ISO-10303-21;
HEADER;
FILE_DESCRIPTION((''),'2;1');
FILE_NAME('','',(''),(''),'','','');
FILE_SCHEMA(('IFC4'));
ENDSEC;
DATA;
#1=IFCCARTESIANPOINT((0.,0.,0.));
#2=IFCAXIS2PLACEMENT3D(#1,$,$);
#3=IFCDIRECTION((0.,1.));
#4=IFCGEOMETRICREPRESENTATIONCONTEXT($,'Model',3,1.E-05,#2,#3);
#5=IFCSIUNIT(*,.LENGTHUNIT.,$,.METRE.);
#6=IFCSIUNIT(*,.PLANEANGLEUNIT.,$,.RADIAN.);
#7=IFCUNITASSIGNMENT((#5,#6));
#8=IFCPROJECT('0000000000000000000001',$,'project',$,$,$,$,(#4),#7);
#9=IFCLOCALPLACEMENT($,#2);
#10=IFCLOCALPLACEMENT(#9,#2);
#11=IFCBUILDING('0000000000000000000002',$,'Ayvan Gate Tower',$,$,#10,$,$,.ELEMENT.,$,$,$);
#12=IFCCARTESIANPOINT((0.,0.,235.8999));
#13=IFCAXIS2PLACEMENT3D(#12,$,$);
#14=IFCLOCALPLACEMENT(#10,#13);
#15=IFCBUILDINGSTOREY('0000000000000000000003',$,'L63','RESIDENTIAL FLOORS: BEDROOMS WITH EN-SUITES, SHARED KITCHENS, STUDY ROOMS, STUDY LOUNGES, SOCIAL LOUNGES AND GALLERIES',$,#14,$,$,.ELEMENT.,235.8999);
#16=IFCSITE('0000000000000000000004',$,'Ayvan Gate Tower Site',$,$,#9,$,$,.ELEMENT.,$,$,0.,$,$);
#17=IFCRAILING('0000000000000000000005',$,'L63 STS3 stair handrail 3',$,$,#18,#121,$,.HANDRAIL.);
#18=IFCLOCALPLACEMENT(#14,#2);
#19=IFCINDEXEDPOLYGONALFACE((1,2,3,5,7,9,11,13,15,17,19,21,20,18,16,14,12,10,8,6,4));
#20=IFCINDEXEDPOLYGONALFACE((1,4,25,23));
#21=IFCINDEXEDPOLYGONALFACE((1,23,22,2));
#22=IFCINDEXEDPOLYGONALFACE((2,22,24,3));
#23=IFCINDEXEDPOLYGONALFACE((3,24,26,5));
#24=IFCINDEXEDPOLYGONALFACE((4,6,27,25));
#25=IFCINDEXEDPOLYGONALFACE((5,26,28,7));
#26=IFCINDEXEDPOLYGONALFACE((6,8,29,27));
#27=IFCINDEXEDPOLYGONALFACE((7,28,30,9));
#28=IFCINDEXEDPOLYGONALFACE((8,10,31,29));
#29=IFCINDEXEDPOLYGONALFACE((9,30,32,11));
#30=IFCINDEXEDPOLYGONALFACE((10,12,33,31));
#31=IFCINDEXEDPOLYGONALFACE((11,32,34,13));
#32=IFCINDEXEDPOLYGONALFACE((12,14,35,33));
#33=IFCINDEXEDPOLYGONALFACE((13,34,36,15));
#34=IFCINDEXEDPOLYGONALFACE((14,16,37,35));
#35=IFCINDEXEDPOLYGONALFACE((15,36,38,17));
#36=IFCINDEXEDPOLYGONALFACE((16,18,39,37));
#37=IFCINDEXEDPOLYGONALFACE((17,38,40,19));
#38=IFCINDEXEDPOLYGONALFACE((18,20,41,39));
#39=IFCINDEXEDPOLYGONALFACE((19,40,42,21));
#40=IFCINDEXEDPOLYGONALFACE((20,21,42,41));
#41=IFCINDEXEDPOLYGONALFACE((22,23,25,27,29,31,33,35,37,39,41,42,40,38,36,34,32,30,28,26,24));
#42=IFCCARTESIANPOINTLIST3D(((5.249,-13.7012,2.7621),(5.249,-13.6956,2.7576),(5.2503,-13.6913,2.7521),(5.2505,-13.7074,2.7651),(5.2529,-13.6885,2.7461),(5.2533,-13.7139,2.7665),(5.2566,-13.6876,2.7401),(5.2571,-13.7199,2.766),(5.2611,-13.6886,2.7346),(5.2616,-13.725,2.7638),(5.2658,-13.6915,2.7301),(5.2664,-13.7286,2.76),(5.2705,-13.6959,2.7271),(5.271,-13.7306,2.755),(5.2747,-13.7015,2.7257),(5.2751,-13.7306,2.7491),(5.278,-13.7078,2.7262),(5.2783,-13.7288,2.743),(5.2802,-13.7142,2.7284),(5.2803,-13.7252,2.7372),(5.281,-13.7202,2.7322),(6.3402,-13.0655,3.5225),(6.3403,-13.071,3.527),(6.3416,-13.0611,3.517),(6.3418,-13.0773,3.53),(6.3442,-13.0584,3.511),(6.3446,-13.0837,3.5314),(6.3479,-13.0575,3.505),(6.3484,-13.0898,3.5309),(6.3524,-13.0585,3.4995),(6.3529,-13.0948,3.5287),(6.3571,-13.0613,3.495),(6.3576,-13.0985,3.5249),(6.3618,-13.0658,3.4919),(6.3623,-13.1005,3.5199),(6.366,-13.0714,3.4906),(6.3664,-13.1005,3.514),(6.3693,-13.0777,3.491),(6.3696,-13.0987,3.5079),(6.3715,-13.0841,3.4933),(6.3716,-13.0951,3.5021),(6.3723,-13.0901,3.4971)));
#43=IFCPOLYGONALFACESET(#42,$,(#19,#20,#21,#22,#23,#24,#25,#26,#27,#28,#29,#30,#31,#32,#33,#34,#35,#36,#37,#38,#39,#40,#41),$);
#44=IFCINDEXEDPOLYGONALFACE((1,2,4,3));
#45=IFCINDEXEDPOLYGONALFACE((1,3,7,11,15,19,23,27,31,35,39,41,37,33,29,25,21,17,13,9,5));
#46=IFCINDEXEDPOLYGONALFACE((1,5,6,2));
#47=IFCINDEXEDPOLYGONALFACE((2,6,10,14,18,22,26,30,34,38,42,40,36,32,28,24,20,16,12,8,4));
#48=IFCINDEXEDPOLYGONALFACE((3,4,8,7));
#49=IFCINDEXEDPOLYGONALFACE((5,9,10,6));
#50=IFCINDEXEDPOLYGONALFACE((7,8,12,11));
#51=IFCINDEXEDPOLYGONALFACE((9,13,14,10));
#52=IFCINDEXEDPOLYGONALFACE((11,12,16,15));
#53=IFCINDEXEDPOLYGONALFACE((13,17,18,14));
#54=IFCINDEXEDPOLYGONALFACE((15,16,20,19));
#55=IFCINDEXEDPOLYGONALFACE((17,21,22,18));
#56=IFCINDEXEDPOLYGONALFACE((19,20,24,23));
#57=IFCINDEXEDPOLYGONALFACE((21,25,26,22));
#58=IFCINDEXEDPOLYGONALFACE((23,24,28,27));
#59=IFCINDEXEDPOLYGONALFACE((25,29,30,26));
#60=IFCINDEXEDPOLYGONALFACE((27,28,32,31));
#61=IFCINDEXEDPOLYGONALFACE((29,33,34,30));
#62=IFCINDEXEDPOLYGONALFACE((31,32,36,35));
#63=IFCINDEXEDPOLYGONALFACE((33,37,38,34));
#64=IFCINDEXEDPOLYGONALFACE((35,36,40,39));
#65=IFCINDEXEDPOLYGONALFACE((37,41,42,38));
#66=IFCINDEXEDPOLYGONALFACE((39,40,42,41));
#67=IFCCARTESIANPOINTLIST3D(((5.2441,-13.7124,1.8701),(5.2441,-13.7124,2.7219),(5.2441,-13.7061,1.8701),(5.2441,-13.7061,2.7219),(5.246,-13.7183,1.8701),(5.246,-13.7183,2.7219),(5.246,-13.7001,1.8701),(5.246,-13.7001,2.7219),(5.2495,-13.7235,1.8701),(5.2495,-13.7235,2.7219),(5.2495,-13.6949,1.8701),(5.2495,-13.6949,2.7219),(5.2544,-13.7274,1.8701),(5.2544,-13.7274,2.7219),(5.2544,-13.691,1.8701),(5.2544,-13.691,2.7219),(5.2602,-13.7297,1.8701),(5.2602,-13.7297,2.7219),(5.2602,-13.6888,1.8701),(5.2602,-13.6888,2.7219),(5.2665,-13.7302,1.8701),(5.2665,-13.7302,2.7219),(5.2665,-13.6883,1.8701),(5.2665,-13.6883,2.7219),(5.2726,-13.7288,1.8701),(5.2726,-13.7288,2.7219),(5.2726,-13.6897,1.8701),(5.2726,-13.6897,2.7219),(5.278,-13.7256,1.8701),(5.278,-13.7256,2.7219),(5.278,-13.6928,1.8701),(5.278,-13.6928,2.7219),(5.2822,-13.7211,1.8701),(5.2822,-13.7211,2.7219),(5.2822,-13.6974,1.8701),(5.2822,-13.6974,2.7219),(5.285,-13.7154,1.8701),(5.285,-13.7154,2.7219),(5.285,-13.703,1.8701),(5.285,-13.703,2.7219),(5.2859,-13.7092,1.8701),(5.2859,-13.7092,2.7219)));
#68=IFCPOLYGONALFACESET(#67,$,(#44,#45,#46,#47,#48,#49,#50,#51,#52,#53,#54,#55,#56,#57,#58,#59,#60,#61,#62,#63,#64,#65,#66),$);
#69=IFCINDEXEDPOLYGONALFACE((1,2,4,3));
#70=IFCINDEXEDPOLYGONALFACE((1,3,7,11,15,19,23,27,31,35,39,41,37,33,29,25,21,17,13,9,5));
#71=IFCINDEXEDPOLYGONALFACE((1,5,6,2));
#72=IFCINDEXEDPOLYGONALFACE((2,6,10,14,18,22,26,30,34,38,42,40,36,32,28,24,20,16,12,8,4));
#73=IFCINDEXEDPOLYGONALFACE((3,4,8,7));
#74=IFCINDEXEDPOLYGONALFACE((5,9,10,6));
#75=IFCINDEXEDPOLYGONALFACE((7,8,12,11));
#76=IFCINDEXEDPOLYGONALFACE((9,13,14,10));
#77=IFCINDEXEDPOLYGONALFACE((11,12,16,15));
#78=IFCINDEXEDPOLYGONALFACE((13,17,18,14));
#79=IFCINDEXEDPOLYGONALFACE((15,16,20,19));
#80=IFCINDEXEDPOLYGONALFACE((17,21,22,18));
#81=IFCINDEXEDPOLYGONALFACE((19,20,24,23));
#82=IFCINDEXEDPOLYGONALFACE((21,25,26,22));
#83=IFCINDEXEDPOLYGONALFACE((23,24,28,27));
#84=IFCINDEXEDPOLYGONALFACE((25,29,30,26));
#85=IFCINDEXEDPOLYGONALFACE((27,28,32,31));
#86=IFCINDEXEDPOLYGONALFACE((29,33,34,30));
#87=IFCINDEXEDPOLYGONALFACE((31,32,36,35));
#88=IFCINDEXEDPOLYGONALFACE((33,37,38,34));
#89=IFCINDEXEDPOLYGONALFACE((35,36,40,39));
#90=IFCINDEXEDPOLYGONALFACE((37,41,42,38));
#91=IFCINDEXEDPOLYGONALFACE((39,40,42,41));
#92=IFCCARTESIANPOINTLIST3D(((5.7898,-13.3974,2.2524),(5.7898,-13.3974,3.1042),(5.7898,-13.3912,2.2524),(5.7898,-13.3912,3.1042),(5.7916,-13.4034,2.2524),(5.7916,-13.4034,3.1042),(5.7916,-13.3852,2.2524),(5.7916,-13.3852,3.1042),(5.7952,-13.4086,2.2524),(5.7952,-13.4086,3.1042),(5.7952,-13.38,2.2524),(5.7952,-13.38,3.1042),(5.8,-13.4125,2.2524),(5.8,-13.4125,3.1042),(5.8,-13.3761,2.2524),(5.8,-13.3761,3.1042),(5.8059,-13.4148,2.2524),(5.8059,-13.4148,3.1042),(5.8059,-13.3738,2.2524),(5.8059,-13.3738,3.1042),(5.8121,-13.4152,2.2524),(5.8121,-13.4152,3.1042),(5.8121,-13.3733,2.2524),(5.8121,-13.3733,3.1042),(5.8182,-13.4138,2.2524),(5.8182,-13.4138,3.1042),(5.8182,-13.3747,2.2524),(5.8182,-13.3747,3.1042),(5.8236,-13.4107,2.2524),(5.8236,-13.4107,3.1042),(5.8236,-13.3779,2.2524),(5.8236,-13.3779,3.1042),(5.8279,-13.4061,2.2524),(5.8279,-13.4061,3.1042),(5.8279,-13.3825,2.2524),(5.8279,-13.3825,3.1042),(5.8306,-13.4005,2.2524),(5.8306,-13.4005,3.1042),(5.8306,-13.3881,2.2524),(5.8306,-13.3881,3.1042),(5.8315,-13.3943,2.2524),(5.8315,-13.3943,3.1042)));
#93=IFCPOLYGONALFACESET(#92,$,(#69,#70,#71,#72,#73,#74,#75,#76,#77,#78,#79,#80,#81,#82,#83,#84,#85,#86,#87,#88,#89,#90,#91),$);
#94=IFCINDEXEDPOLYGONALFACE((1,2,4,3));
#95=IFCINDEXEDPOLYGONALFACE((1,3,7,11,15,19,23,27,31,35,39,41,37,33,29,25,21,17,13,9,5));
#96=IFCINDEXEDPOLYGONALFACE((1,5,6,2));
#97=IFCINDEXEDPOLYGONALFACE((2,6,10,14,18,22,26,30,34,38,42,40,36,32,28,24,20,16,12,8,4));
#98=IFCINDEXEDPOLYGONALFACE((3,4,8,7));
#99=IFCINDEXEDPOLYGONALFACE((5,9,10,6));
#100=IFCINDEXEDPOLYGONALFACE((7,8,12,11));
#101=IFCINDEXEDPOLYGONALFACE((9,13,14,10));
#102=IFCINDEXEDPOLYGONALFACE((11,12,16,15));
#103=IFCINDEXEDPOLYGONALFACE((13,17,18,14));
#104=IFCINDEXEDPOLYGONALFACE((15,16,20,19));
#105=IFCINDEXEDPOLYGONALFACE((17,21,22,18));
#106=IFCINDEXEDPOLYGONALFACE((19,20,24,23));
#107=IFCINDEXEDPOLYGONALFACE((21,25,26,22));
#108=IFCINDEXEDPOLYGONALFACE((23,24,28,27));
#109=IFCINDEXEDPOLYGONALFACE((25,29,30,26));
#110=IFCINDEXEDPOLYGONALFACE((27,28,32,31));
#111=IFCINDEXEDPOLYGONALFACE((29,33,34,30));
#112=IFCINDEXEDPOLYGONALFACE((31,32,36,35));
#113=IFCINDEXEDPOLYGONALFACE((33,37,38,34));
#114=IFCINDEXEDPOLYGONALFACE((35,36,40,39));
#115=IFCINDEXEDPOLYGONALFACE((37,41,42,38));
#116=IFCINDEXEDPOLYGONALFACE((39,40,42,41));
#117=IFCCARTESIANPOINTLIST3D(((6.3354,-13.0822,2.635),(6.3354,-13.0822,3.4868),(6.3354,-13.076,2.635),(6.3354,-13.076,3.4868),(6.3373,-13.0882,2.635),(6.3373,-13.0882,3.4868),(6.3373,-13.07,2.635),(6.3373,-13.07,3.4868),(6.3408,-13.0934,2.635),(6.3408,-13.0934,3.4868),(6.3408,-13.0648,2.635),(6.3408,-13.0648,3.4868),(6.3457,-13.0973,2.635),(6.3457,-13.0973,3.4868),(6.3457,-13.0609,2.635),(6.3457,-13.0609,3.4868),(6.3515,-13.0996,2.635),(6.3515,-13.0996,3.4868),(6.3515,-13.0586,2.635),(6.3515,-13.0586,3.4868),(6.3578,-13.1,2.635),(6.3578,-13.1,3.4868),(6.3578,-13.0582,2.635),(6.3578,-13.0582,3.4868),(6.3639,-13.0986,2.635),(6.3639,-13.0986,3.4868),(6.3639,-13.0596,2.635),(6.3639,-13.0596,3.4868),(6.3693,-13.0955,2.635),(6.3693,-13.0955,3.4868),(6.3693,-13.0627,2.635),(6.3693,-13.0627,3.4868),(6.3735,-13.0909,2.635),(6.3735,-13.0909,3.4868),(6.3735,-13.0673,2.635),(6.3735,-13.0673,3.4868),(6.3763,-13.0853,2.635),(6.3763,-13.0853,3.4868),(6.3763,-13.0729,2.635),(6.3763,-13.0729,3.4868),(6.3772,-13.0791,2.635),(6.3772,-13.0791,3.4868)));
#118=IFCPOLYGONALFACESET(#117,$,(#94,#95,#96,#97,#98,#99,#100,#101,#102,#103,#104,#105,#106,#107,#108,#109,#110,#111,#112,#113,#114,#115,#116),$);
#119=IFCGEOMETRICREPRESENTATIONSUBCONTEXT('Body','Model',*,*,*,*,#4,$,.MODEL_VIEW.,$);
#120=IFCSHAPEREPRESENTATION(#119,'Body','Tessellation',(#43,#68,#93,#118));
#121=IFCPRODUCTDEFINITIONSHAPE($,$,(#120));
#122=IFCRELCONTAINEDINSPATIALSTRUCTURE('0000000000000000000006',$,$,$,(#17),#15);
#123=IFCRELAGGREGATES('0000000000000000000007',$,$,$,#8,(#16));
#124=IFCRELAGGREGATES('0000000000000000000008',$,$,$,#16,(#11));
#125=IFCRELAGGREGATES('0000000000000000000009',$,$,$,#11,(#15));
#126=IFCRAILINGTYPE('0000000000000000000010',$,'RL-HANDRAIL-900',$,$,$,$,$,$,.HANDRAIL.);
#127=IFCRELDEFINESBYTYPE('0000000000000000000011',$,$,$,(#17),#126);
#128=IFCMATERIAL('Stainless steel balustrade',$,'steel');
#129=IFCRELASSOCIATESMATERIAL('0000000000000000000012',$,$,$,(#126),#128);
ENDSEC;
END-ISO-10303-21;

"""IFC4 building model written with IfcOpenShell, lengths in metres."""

from ifc_helpers import new_model, si_unit, direction, frame, origin, origin_2d, place, context, subcontext, project, spatial, circle, extrude, material, type_object, element, save


model = new_model("IFC4")

# Units and contexts
model_context = context("Model", 3, precision=1e-05, world=origin(), true_north=direction((0.0, 1.0)))
body_context = subcontext(model_context, "Body", "Model", "MODEL_VIEW")
ifc_project = project(units=[si_unit("LENGTHUNIT", "METRE"), si_unit("PLANEANGLEUNIT", "RADIAN")], contexts=[model_context])

# Site, building, storey
site_placement = place(None, origin())
site = spatial("IfcSite", under=ifc_project, at=site_placement, Name="Ayvan Gate Tower Site", CompositionType="ELEMENT", RefElevation=0.0)
building_placement = place(site_placement, origin())
building = spatial("IfcBuilding", under=site, at=building_placement, Name="Ayvan Gate Tower", CompositionType="ELEMENT")
storey_placement = place(building_placement, frame((0.0, 0.0, 235.8999)))
storey = spatial("IfcBuildingStorey", under=building, at=storey_placement, Name="L63", Description="RESIDENTIAL FLOORS: BEDROOMS WITH EN-SUITES, SHARED KITCHENS, STUDY ROOMS, STUDY LOUNGES, SOCIAL LOUNGES AND GALLERIES", CompositionType="ELEMENT", Elevation=235.8999)

# Railing
ifc_material_1 = material(Name="Stainless steel balustrade", Category="steel")
railing_type_1 = type_object("IfcRailingType", Name="RL-HANDRAIL-900", PredefinedType="HANDRAIL", material=ifc_material_1)
railing_1_placement = place(storey_placement, frame((5.2649, -13.7092, 1.8701)))
element("IfcRailing", 1, at=railing_1_placement, inside=storey, type_object=railing_type_1, Name="L63 STS3 stair handrail 3", PredefinedType="HANDRAIL", context=body_context, shape_type="SweptSolid", body=[
    extrude(circle(Radius=0.0239, at=origin_2d()), frame((0.0, 0.0, 0.876), z_axis=(0.740304, 0.427455, 0.518875), x_axis=(-0.500035, 0.866005, 0.0)), (0.0, 0.0, 1.0), 1.4741),
    extrude(circle(Radius=0.021, at=origin_2d()), origin(), (0.0, 0.0, 1.0), 0.8518),
    extrude(circle(Radius=0.021, at=origin_2d()), frame((0.5457, 0.3149, 0.3823)), (0.0, 0.0, 1.0), 0.8518),
    extrude(circle(Radius=0.021, at=origin_2d()), frame((1.0913, 0.6301, 0.7649)), (0.0, 0.0, 1.0), 0.8518),
])

save(model, "model.ifc")
